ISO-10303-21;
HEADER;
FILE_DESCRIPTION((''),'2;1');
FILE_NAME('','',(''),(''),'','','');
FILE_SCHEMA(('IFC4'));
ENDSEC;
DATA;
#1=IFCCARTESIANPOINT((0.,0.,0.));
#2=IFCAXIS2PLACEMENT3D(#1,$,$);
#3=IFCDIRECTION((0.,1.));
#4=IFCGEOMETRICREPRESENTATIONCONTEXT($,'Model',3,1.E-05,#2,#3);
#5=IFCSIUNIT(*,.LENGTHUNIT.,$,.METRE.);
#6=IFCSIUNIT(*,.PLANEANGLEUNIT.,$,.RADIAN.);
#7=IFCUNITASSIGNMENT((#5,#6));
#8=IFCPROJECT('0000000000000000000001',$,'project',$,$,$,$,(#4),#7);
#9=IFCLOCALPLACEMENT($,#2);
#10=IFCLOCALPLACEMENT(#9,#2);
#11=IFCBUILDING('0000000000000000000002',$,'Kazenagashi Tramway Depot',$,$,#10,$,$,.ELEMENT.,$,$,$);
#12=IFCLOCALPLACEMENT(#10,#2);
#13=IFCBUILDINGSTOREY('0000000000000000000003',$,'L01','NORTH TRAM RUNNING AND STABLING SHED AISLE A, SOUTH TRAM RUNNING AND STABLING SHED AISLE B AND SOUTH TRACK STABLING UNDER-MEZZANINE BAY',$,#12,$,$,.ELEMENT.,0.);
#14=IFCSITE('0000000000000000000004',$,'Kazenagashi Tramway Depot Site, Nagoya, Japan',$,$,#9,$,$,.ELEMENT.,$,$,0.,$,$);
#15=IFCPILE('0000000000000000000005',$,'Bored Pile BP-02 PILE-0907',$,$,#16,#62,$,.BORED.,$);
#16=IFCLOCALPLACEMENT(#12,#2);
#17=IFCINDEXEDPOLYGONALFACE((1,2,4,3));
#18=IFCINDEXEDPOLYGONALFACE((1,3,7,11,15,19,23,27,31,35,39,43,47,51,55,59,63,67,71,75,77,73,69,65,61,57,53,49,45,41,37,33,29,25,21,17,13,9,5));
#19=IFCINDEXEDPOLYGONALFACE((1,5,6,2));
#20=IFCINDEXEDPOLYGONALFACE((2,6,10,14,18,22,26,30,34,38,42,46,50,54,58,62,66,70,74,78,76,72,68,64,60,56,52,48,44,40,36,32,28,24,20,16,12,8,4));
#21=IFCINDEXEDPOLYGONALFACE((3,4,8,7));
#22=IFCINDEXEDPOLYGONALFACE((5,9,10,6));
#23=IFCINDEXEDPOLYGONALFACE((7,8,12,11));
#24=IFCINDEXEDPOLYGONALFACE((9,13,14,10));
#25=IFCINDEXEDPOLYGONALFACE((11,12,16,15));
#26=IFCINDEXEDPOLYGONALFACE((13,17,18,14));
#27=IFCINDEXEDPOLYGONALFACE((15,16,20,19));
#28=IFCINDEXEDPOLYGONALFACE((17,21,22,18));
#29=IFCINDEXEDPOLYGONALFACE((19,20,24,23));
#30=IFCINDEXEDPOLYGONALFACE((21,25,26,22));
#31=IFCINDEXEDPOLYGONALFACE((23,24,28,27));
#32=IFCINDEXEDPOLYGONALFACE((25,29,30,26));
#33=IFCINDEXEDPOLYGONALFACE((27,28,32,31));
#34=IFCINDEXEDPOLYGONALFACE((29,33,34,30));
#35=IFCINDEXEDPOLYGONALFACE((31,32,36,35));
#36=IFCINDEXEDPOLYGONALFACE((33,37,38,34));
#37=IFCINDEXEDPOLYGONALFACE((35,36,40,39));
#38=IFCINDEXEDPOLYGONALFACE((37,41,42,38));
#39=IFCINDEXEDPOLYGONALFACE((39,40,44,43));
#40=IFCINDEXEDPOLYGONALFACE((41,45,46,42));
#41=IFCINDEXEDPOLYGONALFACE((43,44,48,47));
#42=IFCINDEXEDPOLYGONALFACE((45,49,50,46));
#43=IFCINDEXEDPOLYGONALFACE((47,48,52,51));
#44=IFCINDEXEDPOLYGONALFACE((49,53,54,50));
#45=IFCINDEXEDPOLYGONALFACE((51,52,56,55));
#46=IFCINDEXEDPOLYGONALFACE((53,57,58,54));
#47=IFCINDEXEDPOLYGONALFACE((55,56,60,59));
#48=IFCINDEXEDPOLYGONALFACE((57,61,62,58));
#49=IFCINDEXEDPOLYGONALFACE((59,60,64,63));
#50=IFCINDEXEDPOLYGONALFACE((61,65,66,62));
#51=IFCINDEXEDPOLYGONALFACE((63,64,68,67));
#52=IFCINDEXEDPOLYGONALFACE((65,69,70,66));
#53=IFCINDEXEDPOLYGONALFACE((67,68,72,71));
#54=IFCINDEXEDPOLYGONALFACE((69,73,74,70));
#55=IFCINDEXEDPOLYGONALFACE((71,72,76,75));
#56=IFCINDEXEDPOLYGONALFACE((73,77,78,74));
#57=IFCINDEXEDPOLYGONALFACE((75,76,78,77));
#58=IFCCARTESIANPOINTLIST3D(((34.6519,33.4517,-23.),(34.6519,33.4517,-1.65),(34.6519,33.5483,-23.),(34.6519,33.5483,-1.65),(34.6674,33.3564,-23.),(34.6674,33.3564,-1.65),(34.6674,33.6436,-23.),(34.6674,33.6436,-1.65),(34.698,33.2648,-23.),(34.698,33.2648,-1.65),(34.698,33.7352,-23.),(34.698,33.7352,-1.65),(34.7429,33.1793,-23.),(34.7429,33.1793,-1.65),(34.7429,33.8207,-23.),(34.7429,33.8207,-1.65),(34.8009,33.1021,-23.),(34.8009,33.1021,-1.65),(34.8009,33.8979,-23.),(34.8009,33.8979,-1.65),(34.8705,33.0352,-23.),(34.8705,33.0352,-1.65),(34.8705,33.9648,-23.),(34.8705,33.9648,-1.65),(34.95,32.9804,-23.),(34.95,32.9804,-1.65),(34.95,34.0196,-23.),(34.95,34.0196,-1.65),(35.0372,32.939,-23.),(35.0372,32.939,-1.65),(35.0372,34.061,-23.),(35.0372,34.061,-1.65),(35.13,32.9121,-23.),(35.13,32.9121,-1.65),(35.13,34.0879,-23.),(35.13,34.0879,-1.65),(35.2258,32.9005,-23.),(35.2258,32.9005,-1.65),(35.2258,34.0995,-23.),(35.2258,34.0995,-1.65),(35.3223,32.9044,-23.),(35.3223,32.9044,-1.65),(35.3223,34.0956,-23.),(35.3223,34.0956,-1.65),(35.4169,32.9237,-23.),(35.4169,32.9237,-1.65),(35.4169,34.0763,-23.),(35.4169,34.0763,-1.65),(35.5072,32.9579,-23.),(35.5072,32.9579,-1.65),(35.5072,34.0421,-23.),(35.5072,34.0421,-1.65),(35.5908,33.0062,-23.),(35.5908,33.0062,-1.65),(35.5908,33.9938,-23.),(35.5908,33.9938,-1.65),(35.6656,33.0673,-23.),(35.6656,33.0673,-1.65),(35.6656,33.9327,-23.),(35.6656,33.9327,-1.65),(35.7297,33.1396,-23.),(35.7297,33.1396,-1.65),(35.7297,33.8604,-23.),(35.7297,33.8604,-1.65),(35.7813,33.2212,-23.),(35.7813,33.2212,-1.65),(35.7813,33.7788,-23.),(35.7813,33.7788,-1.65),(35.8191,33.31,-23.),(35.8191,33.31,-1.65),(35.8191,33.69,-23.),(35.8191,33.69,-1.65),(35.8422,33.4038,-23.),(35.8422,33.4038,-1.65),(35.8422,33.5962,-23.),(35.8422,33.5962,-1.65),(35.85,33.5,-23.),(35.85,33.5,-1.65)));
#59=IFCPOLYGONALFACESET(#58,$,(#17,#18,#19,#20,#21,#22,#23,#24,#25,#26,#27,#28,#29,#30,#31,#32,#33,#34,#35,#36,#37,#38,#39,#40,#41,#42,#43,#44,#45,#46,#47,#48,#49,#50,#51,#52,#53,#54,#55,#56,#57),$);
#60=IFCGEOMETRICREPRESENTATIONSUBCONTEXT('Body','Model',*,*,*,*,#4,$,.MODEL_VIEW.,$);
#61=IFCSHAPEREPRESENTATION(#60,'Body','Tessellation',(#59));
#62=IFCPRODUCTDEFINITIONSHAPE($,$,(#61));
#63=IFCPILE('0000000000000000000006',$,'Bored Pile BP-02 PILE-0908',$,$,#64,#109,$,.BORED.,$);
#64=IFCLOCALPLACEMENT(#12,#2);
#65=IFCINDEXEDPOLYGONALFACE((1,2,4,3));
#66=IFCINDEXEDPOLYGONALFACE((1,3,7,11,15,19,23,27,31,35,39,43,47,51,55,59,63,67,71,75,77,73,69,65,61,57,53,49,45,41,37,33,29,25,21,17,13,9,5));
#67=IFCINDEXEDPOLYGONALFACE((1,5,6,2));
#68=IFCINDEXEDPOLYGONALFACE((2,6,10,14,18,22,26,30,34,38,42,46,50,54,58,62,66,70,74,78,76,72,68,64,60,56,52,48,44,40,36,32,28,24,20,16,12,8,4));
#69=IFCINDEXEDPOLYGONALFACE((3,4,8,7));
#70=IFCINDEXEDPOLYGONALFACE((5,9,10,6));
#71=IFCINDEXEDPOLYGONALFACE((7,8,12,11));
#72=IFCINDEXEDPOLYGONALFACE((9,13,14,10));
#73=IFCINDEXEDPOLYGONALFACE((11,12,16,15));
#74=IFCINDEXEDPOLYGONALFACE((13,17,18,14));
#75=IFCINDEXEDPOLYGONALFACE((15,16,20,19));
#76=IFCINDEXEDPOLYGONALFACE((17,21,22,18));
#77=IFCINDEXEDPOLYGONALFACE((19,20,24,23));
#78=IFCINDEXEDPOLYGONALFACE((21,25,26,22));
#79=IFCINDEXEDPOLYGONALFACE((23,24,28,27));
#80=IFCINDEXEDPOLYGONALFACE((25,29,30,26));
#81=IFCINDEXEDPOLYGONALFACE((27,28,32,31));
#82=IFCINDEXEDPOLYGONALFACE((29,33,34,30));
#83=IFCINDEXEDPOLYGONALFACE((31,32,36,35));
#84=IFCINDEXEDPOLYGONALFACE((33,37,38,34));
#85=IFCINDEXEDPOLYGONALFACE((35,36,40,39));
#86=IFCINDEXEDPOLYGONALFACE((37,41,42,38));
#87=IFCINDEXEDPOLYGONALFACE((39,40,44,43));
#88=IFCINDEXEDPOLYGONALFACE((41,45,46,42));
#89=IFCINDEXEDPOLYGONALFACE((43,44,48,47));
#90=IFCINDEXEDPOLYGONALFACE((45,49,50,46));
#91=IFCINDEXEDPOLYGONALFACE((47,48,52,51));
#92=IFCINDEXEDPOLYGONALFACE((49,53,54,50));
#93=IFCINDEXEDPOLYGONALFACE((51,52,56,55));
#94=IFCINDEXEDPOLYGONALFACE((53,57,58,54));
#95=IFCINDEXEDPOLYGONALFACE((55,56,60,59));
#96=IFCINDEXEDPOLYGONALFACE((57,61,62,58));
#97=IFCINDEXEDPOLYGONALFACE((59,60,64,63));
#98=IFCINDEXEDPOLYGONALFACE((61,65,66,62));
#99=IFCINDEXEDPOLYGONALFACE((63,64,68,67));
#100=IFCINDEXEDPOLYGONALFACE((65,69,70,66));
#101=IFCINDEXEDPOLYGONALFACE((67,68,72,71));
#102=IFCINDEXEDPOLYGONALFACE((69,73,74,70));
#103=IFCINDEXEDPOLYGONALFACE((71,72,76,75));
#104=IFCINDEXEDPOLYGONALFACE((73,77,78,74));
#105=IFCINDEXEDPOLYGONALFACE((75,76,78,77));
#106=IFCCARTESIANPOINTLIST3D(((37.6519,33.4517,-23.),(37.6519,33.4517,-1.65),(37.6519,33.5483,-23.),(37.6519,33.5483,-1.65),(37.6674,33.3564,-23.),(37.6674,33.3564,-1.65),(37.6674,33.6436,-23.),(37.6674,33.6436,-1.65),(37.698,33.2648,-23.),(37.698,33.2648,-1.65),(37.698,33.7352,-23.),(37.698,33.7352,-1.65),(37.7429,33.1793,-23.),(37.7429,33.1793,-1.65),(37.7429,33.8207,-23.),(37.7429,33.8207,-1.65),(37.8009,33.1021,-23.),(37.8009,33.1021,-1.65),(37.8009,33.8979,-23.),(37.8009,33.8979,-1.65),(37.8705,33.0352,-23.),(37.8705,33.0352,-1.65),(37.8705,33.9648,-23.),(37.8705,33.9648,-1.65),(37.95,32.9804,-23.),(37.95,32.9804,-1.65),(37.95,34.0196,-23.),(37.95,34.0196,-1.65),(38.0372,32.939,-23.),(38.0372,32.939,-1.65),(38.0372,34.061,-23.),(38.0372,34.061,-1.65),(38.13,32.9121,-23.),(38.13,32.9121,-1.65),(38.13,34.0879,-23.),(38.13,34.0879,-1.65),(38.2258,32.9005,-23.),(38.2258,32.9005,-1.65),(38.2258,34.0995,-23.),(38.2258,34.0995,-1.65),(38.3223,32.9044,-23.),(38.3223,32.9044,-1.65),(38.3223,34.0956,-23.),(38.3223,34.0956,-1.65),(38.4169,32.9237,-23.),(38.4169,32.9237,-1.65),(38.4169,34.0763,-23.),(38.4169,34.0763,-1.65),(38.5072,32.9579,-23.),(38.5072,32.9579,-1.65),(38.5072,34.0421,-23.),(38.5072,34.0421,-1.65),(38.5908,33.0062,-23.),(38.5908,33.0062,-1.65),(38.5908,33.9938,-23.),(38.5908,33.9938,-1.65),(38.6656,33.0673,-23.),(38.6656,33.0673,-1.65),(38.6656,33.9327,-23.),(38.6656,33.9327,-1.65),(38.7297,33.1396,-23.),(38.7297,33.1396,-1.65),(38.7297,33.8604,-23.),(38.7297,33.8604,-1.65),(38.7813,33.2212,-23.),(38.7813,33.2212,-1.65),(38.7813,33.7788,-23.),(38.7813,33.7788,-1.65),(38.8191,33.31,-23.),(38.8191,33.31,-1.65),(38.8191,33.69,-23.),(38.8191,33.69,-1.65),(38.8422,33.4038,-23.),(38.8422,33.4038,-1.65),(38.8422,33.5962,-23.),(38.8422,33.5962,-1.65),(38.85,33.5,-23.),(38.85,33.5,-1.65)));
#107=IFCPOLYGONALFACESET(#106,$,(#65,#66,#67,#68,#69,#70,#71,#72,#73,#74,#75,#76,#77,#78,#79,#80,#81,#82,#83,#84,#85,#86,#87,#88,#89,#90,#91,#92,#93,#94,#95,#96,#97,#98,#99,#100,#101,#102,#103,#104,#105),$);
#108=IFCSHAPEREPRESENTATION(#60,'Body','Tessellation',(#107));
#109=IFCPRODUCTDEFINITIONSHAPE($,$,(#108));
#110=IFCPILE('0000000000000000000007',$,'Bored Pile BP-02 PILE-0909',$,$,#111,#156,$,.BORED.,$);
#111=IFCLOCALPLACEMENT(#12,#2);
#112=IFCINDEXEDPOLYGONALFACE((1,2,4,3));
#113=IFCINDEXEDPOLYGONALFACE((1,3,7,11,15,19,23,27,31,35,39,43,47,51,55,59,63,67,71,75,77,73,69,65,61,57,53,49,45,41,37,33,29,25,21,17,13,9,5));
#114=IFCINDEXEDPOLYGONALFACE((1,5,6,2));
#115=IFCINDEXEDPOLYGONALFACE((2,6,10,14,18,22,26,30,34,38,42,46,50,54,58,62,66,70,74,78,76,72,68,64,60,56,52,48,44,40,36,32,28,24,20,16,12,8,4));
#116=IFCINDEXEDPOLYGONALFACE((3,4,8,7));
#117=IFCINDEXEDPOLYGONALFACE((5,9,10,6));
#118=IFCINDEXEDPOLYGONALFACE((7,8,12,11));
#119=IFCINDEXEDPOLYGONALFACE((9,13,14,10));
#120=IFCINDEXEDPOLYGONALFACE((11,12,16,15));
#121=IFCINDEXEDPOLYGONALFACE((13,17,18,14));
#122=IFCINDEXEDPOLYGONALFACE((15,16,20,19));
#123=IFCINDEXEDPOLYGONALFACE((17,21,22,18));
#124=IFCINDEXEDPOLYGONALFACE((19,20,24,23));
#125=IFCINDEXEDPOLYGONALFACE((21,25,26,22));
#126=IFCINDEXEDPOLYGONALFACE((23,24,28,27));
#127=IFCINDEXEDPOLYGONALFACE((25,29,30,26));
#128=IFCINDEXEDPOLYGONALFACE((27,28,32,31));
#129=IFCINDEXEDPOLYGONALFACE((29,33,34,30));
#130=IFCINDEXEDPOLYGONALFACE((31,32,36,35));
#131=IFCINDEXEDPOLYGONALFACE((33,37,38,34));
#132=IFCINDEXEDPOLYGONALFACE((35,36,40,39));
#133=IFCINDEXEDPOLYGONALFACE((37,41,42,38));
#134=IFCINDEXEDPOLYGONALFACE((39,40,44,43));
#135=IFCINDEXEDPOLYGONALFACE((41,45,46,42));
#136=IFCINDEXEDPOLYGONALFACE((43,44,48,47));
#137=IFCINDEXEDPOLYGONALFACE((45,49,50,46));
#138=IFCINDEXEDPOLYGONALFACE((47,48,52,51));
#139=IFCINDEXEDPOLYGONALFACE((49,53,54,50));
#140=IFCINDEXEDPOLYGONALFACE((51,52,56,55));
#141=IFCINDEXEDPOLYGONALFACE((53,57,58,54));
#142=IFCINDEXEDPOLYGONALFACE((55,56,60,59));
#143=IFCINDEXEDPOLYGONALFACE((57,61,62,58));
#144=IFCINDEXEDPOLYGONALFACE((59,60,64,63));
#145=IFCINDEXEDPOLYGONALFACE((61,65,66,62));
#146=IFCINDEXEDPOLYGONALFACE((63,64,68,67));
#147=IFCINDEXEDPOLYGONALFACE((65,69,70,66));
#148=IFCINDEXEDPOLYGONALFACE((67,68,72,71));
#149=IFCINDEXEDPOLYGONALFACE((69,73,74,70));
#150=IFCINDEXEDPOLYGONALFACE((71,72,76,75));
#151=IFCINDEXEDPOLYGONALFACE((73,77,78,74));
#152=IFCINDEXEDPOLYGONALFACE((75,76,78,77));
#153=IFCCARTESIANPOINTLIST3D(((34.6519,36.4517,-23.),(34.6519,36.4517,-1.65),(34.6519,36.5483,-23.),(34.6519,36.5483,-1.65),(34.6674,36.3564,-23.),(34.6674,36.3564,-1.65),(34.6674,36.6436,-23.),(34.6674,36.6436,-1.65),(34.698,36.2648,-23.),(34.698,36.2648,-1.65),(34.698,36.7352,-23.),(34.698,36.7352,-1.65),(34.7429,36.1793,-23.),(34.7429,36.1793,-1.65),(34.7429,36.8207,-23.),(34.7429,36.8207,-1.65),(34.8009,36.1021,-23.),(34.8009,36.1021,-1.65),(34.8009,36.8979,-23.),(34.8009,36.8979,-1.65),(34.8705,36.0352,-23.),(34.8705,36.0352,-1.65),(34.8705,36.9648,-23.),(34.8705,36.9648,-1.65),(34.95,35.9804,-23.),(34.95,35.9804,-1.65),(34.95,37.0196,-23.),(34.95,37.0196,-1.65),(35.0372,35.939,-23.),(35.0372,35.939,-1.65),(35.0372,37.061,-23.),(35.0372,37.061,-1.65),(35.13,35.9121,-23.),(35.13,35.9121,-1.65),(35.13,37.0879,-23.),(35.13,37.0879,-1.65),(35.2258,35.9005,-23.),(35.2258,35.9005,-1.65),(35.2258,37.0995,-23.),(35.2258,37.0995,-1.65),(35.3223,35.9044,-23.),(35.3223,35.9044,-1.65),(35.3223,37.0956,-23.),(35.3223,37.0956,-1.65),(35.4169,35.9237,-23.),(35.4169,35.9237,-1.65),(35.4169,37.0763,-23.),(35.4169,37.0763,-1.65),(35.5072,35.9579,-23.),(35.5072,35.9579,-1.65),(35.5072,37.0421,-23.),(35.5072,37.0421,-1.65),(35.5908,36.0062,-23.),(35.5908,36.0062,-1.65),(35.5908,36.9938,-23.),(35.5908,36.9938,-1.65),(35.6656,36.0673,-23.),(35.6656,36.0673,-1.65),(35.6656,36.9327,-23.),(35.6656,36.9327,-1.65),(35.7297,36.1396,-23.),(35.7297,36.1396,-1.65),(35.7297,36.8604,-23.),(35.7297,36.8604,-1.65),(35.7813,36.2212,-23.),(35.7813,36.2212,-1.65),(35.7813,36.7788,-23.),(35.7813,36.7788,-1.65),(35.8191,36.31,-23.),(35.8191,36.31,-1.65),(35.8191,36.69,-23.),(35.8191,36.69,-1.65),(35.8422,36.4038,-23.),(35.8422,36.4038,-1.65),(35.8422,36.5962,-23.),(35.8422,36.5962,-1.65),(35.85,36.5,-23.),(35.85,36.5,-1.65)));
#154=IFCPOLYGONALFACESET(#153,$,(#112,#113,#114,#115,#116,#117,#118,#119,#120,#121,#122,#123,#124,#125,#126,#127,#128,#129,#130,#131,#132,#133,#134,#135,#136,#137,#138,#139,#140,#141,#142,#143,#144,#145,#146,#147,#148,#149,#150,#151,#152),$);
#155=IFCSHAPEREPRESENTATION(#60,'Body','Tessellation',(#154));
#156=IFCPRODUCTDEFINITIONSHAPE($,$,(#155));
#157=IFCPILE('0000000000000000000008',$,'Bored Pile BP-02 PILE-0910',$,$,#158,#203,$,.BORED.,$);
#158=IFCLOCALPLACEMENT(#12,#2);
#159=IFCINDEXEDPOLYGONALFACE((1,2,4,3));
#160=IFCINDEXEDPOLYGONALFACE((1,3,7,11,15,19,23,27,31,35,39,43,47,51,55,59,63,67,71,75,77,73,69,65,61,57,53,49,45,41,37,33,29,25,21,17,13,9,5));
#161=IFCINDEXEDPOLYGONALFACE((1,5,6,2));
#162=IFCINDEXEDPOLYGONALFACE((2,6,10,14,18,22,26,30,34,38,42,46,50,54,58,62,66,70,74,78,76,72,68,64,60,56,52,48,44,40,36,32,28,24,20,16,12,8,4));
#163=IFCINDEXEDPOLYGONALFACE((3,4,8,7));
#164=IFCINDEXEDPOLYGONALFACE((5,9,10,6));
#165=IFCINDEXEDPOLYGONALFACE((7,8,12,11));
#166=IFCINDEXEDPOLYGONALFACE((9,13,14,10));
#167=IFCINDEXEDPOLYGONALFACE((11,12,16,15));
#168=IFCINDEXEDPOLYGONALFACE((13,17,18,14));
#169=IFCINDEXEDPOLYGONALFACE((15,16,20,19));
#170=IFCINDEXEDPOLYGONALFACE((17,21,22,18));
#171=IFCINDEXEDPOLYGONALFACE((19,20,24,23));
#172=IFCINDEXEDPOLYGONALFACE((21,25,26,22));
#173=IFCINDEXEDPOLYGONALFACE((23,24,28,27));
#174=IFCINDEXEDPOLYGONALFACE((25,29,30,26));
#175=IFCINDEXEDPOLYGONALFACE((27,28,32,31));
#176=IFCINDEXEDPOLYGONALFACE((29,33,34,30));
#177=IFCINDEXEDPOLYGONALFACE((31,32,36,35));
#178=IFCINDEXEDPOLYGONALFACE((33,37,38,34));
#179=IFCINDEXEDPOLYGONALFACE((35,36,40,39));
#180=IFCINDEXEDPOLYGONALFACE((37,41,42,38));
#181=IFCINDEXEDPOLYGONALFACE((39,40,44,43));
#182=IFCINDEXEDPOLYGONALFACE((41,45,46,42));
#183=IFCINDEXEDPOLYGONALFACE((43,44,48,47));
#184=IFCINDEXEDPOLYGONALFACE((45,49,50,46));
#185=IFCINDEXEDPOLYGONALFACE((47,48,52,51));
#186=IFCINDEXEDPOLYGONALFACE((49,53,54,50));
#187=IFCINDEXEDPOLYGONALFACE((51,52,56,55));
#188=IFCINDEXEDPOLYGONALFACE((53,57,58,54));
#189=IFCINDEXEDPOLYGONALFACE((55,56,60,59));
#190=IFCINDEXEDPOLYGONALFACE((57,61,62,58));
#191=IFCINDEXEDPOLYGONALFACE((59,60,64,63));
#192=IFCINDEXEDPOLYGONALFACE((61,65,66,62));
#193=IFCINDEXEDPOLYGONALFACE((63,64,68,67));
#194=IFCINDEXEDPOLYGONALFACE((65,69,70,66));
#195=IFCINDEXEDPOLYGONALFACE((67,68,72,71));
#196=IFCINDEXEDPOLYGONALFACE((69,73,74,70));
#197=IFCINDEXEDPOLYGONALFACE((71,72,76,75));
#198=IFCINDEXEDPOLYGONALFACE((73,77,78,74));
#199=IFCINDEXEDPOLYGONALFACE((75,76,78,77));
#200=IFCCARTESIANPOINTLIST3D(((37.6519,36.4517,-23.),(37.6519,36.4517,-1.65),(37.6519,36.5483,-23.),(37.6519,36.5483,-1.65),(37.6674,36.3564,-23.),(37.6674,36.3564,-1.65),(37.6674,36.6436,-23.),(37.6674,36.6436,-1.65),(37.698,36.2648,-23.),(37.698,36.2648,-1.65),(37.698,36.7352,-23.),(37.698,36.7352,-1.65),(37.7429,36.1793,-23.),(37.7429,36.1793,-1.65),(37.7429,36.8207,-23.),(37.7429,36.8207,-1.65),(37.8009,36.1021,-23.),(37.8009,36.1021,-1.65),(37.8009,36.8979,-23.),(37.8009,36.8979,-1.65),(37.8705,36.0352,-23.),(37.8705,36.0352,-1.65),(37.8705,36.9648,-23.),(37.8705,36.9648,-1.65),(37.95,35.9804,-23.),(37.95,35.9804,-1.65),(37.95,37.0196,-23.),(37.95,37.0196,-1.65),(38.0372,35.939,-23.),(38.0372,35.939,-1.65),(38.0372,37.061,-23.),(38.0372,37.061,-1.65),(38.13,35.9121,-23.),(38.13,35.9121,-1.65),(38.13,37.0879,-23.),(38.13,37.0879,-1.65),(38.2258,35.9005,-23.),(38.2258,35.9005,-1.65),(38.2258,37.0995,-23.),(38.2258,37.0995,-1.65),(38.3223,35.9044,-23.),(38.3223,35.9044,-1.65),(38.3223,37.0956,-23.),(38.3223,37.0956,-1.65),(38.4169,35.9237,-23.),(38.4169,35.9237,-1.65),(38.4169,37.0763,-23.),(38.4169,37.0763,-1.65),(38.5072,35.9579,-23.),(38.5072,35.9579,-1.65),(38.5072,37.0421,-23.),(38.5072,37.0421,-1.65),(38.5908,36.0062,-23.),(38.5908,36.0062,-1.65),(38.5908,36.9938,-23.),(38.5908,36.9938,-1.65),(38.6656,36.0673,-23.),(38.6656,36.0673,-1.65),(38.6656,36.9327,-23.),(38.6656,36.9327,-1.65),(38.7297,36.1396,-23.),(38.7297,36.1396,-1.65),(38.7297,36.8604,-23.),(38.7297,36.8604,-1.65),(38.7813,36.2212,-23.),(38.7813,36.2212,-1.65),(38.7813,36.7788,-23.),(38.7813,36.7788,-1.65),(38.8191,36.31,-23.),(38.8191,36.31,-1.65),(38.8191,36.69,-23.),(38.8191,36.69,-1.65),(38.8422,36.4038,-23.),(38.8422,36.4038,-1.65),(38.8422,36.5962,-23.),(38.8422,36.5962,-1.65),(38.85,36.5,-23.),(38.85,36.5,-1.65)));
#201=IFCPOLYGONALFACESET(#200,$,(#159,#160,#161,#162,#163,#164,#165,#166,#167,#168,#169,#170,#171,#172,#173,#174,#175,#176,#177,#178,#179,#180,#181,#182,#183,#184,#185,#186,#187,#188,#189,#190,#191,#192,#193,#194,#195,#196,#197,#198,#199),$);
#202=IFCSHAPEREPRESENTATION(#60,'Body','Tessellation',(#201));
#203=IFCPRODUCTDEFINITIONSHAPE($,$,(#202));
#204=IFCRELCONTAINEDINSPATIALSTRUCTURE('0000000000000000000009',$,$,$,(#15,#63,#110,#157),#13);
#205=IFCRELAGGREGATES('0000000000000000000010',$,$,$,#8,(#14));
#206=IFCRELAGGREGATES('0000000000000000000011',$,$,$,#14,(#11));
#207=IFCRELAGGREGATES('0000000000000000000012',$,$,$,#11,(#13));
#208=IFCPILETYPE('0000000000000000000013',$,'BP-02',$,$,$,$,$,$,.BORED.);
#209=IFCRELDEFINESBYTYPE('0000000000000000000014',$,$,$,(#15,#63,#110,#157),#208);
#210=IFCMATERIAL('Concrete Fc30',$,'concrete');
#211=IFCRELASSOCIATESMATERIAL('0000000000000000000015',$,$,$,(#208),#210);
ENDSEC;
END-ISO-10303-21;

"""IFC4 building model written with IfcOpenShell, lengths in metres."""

from ifc_helpers import new_model, si_unit, direction, frame, origin, origin_2d, place, context, subcontext, project, spatial, circle, extrude, material, material_profile, profile_set, type_object, element, save


model = new_model("IFC4")

# Units and contexts
model_context = context("Model", 3, precision=1e-05, world=origin(), true_north=direction((0.0, 1.0)))
body_context = subcontext(model_context, "Body", "Model", "MODEL_VIEW")
ifc_project = project(units=[si_unit("LENGTHUNIT", "METRE"), si_unit("PLANEANGLEUNIT", "RADIAN")], contexts=[model_context])

# Site, building, storey
site_placement = place(None, origin())
site = spatial("IfcSite", under=ifc_project, at=site_placement, Name="Kazenagashi Tramway Depot Site, Nagoya, Japan", CompositionType="ELEMENT", RefElevation=0.0)
building_placement = place(site_placement, origin())
building = spatial("IfcBuilding", under=site, at=building_placement, Name="Kazenagashi Tramway Depot", CompositionType="ELEMENT")
storey_placement = place(building_placement, origin())
storey = spatial("IfcBuildingStorey", under=building, at=storey_placement, Name="L01", Description="NORTH TRAM RUNNING AND STABLING SHED AISLE A, SOUTH TRAM RUNNING AND STABLING SHED AISLE B AND SOUTH TRACK STABLING UNDER-MEZZANINE BAY", CompositionType="ELEMENT", Elevation=0.0)

# Piles
ifc_material_1 = material(Name="Concrete Fc30", Category="concrete")
ifc_material_profile_1 = material_profile(ifc_material_1, circle(Radius=0.6, at=origin_2d()), Name="PILE-1200")
ifc_profile_set_1 = profile_set([ifc_material_profile_1], Name="Concrete Fc30")
pile_type_1 = type_object("IfcPileType", Name="BP-02", PredefinedType="BORED", material=ifc_profile_set_1)
for number, where, z_axis, x_axis, name in (
    (1, (35.25, 33.5, -1.65), (0.0, 0.0, -1.0), (1.0, 0.0, 0.0), "Bored Pile BP-02 PILE-0907"),
    (2, (38.25, 33.5, -1.65), (0.0, 0.0, -1.0), (1.0, 0.0, 0.0), "Bored Pile BP-02 PILE-0908"),
    (3, (35.25, 36.5, -1.65), (0.0, 0.0, -1.0), (1.0, 0.0, 0.0), "Bored Pile BP-02 PILE-0909"),
    (4, (38.25, 36.5, -1.65), (0.0, 0.0, -1.0), (1.0, 0.0, 0.0), "Bored Pile BP-02 PILE-0910"),
):
    element("IfcPile", number, at=place(storey_placement, frame(where, z_axis=z_axis, x_axis=x_axis)), inside=storey, type_object=pile_type_1, Name=name, PredefinedType="BORED", context=body_context, shape_type="SweptSolid", body=[
        extrude(circle(Radius=0.6, at=origin_2d()), origin(), (0.0, 0.0, 1.0), 21.35),
    ])

save(model, "model.ifc")
